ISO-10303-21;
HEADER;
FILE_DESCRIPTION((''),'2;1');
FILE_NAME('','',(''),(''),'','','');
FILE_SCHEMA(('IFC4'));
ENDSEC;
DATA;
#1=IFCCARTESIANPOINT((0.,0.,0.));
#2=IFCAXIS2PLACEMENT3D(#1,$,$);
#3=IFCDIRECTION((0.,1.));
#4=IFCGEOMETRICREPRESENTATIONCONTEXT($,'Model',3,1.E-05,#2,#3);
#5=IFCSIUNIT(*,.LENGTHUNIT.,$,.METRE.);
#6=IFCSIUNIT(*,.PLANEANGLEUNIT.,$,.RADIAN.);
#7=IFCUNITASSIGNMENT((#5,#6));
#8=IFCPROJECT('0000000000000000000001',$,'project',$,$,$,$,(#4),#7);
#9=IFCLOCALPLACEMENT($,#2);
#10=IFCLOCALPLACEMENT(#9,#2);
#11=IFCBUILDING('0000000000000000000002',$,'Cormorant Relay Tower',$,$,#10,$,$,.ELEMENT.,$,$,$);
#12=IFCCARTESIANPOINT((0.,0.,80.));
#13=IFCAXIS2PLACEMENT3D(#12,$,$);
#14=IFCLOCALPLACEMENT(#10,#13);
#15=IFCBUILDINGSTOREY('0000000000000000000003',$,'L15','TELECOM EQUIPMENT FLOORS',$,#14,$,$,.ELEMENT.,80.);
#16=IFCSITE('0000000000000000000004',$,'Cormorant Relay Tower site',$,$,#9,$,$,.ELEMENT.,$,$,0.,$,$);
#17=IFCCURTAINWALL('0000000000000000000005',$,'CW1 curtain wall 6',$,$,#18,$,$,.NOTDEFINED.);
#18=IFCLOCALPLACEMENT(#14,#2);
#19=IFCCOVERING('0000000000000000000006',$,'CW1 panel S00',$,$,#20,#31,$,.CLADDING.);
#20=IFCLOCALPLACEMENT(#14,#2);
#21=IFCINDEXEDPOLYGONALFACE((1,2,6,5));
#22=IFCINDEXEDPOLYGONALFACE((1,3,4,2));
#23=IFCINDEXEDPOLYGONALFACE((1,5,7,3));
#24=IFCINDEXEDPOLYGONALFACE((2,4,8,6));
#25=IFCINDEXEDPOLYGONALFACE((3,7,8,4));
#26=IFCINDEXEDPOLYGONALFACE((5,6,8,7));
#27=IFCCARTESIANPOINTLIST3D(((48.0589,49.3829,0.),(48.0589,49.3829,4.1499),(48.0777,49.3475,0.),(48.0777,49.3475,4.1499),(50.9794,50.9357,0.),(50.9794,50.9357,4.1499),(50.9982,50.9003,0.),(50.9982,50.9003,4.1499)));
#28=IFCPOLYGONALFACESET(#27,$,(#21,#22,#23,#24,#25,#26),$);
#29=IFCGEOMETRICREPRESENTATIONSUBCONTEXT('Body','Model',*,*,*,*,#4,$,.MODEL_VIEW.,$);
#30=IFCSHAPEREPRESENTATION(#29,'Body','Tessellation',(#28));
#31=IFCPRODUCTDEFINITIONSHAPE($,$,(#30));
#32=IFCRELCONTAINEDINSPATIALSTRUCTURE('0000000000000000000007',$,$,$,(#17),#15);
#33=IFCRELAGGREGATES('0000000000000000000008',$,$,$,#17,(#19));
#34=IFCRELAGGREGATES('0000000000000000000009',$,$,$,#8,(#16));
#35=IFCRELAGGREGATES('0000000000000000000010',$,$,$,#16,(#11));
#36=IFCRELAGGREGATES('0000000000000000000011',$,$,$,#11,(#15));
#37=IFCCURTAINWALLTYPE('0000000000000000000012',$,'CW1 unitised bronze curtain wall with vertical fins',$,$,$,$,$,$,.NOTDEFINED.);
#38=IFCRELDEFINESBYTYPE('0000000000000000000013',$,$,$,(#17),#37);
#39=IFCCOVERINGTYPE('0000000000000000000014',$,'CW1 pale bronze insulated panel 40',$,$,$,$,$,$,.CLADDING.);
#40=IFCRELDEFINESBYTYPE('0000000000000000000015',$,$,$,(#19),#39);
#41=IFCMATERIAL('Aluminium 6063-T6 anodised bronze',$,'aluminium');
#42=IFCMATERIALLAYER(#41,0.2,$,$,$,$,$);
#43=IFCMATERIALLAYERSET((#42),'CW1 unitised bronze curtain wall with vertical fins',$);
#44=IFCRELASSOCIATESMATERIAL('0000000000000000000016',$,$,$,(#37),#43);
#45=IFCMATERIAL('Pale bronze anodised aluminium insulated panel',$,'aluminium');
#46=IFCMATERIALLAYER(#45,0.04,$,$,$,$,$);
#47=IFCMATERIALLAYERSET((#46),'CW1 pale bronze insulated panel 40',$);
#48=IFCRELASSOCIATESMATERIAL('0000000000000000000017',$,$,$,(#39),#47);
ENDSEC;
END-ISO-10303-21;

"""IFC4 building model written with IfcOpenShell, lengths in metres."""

from ifc_helpers import new_model, si_unit, direction, frame, origin, origin_2d, place, context, subcontext, project, spatial, rectangle, extrude, material, layer, layer_set, type_object, element, aggregate, save


model = new_model("IFC4")

# Units and contexts
model_context = context("Model", 3, precision=1e-05, world=origin(), true_north=direction((0.0, 1.0)))
body_context = subcontext(model_context, "Body", "Model", "MODEL_VIEW")
ifc_project = project(units=[si_unit("LENGTHUNIT", "METRE"), si_unit("PLANEANGLEUNIT", "RADIAN")], contexts=[model_context])

# Site, building, storey
site_placement = place(None, origin())
site = spatial("IfcSite", under=ifc_project, at=site_placement, Name="Cormorant Relay Tower site", CompositionType="ELEMENT", RefElevation=0.0)
building_placement = place(site_placement, origin())
building = spatial("IfcBuilding", under=site, at=building_placement, Name="Cormorant Relay Tower", CompositionType="ELEMENT")
storey_placement = place(building_placement, frame((0.0, 0.0, 80.0)))
storey = spatial("IfcBuildingStorey", under=building, at=storey_placement, Name="L15", Description="TELECOM EQUIPMENT FLOORS", CompositionType="ELEMENT", Elevation=80.0)

# Shared definitions
ifc_material_1 = material(Name="Aluminium 6063-T6 anodised bronze", Category="aluminium")
ifc_layer_1 = layer(ifc_material_1, 0.2)
ifc_layer_set_1 = layer_set([ifc_layer_1], Name="CW1 unitised bronze curtain wall with vertical fins")
curtain_wall_type = type_object("IfcCurtainWallType", Name="CW1 unitised bronze curtain wall with vertical fins", PredefinedType="NOTDEFINED", material=ifc_layer_set_1)

# Curtain wall
curtain_wall_1_placement = place(storey_placement, origin())
curtain_wall_1 = element("IfcCurtainWall", 1, at=curtain_wall_1_placement, inside=storey, type_object=curtain_wall_type, Name="CW1 curtain wall 6", PredefinedType="NOTDEFINED")

# Covering
ifc_material_2 = material(Name="Pale bronze anodised aluminium insulated panel", Category="aluminium")
ifc_layer_2 = layer(ifc_material_2, 0.04)
ifc_layer_set_2 = layer_set([ifc_layer_2], Name="CW1 pale bronze insulated panel 40")
covering_type = type_object("IfcCoveringType", Name="CW1 pale bronze insulated panel 40", PredefinedType="CLADDING", material=ifc_layer_set_2)
covering_1_placement = place(storey_placement, frame((49.5286, 50.1416, 0.0), z_axis=(0.0, 0.0, 1.0), x_axis=(-0.882948, -0.469472, 0.0)))
covering_1 = element("IfcCovering", 2, at=covering_1_placement, type_object=covering_type, Name="CW1 panel S00", PredefinedType="CLADDING", context=body_context, shape_type="SweptSolid", body=[
    extrude(rectangle(XDim=3.3076, YDim=0.04, at=origin_2d()), origin(), (0.0, 0.0, 1.0), 4.1499),
])
aggregate(curtain_wall_1, [covering_1])

save(model, "model.ifc")
